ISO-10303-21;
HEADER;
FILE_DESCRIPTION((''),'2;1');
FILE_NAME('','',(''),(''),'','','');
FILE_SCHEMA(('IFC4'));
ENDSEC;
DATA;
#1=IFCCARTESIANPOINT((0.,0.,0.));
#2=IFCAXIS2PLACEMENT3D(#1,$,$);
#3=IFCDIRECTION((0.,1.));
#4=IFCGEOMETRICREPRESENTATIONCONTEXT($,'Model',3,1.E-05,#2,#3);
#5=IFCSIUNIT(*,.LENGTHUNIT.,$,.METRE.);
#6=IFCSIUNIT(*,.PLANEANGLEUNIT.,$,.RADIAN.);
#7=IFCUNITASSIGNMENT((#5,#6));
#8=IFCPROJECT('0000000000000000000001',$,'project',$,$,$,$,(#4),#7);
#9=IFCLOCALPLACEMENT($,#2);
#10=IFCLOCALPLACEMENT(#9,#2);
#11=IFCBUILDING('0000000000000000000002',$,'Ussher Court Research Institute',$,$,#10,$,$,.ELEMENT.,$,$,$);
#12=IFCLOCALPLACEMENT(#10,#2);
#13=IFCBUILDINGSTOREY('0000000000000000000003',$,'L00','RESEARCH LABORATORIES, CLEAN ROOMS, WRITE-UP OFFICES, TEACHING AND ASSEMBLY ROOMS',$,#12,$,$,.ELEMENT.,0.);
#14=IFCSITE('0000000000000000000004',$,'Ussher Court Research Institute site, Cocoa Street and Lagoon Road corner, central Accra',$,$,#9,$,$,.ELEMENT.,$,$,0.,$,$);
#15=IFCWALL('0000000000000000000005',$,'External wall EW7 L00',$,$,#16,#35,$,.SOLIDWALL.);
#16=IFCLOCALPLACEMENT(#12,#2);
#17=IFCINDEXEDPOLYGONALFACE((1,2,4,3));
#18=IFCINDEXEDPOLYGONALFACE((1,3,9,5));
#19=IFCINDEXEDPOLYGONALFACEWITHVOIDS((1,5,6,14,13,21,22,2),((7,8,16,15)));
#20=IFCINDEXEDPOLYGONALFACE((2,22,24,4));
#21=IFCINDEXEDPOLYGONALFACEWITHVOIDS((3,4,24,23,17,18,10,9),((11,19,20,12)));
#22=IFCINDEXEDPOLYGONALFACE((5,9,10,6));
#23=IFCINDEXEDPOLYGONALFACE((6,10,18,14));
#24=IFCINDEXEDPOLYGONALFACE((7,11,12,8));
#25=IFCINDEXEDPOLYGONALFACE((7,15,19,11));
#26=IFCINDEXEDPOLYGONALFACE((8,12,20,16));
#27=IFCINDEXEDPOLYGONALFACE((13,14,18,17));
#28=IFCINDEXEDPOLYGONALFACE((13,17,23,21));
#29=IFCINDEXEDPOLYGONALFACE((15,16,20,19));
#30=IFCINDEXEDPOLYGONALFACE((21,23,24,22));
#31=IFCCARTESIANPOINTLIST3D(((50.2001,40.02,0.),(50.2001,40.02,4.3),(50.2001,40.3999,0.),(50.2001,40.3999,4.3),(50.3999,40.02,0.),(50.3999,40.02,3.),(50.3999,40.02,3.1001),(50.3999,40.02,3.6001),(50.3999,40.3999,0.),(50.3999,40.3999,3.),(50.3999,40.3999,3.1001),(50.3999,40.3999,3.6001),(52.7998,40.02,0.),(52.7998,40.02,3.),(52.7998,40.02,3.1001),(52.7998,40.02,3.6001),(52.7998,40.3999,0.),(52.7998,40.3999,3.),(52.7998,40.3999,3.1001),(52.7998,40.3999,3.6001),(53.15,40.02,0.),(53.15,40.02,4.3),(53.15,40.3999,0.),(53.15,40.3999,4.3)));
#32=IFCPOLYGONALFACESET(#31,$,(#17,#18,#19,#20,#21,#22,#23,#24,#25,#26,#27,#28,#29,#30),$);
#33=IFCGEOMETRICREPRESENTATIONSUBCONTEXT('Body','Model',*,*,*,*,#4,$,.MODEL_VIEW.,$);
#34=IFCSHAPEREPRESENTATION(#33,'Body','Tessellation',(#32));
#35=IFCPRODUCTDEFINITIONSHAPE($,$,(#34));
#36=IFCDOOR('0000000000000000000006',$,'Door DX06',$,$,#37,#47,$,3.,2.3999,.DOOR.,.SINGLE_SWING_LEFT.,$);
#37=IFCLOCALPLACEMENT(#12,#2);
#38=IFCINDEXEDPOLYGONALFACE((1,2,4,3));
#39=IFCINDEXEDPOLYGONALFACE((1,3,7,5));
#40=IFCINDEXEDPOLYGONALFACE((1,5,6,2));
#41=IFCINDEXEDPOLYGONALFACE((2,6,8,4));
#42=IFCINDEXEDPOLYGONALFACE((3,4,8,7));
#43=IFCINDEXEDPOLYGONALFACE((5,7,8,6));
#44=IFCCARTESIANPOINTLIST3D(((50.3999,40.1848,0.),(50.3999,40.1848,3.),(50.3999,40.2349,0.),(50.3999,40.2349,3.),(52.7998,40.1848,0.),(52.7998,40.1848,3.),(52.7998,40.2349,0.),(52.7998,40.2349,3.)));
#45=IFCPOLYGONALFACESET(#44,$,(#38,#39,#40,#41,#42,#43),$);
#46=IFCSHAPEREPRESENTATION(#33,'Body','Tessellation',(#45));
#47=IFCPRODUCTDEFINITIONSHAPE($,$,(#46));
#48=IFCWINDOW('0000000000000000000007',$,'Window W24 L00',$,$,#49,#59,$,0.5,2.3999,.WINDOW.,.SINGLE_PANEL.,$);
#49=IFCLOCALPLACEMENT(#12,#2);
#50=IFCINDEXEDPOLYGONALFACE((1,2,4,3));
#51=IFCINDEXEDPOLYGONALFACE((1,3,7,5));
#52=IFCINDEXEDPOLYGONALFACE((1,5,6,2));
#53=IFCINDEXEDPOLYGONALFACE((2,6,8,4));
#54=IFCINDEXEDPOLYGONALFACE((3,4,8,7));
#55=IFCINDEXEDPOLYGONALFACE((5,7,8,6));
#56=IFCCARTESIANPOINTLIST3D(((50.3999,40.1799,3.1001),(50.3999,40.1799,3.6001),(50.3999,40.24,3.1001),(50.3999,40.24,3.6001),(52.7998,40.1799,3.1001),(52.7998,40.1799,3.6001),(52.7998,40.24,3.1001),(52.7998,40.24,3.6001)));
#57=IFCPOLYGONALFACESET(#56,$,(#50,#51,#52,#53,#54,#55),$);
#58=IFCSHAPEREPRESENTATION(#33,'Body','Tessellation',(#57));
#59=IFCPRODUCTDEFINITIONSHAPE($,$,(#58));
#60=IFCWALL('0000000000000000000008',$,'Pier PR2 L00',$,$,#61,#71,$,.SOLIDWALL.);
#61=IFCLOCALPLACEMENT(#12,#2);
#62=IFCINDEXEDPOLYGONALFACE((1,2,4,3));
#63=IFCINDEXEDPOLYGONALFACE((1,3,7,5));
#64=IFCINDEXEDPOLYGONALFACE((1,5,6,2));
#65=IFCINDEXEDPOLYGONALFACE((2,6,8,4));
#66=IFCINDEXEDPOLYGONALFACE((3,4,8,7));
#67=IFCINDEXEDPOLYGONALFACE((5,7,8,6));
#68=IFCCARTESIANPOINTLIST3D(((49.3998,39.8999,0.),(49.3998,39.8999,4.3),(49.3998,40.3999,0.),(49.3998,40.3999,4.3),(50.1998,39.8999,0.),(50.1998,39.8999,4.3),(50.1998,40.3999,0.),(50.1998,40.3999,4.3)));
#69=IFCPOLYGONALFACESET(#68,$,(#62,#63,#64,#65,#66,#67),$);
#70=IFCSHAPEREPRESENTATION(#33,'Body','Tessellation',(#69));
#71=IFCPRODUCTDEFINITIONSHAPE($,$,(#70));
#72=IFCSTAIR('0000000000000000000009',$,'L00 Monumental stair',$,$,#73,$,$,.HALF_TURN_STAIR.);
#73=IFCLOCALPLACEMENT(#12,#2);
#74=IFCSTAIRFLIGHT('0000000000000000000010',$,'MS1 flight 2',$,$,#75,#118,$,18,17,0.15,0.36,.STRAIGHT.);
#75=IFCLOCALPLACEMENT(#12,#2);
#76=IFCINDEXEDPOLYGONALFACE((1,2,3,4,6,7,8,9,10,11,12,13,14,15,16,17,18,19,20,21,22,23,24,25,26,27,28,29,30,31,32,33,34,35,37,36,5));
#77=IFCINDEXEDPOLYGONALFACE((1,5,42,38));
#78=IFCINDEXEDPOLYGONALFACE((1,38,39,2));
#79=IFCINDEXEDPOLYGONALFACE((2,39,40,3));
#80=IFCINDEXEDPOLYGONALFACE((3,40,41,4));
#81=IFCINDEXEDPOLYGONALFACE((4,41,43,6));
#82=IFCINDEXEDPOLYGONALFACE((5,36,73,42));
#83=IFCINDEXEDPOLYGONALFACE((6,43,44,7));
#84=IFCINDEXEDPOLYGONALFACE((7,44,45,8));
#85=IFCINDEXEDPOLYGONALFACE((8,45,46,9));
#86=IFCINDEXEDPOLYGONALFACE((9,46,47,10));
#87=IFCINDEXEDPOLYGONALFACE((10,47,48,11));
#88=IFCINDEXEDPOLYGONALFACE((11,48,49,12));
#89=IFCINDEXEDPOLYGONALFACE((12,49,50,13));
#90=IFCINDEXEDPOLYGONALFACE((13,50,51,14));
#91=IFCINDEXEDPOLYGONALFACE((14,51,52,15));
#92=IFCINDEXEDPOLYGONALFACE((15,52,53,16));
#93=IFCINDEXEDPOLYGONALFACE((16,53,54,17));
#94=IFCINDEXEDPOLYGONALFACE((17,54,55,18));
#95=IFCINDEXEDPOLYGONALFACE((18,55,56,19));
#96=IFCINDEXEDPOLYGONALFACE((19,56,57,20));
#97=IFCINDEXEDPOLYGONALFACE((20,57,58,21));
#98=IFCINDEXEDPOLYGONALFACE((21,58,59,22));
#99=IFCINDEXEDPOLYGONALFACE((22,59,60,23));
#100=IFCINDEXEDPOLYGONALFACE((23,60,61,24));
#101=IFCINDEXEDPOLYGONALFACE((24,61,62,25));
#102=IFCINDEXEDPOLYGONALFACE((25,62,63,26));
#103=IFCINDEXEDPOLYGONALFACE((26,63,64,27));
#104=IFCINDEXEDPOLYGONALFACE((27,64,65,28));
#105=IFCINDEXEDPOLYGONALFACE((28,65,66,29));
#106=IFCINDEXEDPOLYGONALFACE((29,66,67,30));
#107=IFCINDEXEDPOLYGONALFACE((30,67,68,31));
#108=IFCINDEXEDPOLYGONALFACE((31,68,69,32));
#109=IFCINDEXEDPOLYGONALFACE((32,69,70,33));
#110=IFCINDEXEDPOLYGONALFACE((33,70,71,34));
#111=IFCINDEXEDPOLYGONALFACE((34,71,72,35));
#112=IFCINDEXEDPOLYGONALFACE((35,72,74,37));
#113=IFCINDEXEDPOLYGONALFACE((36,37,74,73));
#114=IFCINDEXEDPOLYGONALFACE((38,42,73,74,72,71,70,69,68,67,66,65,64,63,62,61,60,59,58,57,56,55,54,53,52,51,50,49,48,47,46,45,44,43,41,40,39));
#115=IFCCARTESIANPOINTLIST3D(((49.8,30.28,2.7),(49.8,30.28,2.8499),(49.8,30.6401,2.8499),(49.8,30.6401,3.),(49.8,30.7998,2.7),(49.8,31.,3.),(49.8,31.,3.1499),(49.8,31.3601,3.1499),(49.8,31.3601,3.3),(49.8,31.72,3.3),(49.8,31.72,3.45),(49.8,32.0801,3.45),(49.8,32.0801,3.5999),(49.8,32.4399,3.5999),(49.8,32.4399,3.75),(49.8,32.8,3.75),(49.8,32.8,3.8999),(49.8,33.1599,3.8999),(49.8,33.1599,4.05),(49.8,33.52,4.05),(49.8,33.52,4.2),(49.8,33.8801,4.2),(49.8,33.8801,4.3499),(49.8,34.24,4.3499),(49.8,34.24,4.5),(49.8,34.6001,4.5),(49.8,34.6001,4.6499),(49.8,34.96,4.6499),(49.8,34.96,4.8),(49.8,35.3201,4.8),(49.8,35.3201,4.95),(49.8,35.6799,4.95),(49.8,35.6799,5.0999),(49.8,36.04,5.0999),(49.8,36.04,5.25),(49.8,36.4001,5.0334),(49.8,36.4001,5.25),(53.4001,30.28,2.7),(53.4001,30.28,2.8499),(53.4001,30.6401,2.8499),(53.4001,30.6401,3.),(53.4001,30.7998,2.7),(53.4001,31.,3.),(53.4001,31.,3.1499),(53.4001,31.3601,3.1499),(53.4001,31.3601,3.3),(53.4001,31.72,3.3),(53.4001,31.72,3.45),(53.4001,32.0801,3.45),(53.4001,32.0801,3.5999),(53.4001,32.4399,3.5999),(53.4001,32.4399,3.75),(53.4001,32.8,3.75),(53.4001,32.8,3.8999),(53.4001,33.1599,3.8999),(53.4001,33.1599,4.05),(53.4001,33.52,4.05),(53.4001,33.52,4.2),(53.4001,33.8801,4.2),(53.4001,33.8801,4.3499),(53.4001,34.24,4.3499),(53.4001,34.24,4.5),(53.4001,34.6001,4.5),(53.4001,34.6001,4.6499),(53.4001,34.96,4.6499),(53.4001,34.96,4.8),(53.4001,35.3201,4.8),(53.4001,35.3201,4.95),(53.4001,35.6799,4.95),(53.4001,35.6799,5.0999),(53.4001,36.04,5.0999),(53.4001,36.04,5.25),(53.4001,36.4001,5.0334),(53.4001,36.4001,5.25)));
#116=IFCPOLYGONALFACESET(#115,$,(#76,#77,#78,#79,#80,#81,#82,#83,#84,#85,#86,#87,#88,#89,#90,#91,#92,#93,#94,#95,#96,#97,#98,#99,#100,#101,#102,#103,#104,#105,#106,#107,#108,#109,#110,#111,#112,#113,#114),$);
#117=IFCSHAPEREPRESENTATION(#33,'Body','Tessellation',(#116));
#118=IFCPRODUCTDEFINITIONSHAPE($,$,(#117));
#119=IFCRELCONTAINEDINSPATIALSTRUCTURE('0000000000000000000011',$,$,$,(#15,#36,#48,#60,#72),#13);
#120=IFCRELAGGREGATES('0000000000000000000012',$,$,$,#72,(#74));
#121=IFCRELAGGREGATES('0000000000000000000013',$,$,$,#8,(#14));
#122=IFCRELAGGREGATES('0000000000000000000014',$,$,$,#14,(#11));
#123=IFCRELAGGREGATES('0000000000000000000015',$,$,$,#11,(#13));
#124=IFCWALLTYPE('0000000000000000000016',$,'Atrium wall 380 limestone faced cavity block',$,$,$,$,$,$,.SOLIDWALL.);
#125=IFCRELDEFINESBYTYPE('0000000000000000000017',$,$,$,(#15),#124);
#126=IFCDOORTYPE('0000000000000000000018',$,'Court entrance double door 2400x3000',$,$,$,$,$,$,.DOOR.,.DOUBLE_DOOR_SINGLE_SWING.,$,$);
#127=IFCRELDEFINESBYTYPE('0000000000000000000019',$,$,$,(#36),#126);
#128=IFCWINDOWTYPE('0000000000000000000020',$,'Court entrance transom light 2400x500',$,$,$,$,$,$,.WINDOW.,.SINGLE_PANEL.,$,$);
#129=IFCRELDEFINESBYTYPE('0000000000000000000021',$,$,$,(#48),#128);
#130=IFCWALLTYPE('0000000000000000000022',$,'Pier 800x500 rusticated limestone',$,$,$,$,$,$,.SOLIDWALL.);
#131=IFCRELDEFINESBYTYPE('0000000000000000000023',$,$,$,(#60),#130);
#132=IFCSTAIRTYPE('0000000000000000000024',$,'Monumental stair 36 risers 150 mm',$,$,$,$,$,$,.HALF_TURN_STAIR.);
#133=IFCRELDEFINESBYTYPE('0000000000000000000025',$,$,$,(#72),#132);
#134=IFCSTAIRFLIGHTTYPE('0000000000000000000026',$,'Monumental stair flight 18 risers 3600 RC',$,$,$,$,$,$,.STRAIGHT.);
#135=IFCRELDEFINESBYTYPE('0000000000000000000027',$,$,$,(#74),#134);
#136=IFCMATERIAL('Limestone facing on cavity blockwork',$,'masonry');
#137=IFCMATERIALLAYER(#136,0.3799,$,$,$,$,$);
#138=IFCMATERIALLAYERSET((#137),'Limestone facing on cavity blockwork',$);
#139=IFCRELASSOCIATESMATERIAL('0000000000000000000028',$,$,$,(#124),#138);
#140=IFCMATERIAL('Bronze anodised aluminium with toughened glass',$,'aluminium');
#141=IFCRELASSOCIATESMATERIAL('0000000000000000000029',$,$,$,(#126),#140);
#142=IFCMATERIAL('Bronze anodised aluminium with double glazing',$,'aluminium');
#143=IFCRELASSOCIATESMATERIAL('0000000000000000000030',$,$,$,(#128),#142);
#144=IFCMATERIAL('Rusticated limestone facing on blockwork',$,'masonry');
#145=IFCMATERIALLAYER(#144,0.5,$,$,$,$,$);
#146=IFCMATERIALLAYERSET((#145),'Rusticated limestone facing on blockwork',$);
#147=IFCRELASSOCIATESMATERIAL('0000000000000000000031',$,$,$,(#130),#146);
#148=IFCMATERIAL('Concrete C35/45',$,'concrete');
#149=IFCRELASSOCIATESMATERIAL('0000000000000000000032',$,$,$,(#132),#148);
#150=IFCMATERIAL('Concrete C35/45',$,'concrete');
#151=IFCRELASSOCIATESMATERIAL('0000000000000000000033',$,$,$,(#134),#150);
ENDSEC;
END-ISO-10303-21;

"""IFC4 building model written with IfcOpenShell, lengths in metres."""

from ifc_helpers import new_model, si_unit, direction, frame, frame_2d, origin, place, context, subcontext, project, spatial, polyline, rectangle, outline, extrude, material, layer, layer_set, type_object, element, fill, aggregate, save


model = new_model("IFC4")

# Units and contexts
model_context = context("Model", 3, precision=1e-05, world=origin(), true_north=direction((0.0, 1.0)))
body_context = subcontext(model_context, "Body", "Model", "MODEL_VIEW")
ifc_project = project(units=[si_unit("LENGTHUNIT", "METRE"), si_unit("PLANEANGLEUNIT", "RADIAN")], contexts=[model_context])

# Site, building, storey
site_placement = place(None, origin())
site = spatial("IfcSite", under=ifc_project, at=site_placement, Name="Ussher Court Research Institute site, Cocoa Street and Lagoon Road corner, central Accra", CompositionType="ELEMENT", RefElevation=0.0)
building_placement = place(site_placement, origin())
building = spatial("IfcBuilding", under=site, at=building_placement, Name="Ussher Court Research Institute", CompositionType="ELEMENT")
storey_placement = place(building_placement, origin())
storey = spatial("IfcBuildingStorey", under=building, at=storey_placement, Name="L00", Description="RESEARCH LABORATORIES, CLEAN ROOMS, WRITE-UP OFFICES, TEACHING AND ASSEMBLY ROOMS", CompositionType="ELEMENT", Elevation=0.0)

# Wall, openings, door, window
ifc_material_1 = material(Name="Limestone facing on cavity blockwork", Category="masonry")
ifc_layer_1 = layer(ifc_material_1, 0.3799)
ifc_layer_set_1 = layer_set([ifc_layer_1], Name="Limestone facing on cavity blockwork")
wall_type_1 = type_object("IfcWallType", Name="Atrium wall 380 limestone faced cavity block", PredefinedType="SOLIDWALL", material=ifc_layer_set_1)
wall_1_placement = place(storey_placement, frame((50.2, 40.21, 0.0), z_axis=(0.0, 0.0, 1.0), x_axis=(1.0, 0.0, 0.0)))
wall_1 = element("IfcWall", 1, at=wall_1_placement, inside=storey, type_object=wall_type_1, Name="External wall EW7 L00", PredefinedType="SOLIDWALL", context=body_context, shape_type="SweptSolid", body=[
    extrude(rectangle(XDim=2.95, YDim=0.3799, at=frame_2d((1.4751, 0.0))), origin(), (0.0, 0.0, 1.0), 4.3),
])
opening_1_placement = place(wall_1_placement, frame((0.2, 0.0, 0.0)))
opening_1 = element("IfcOpeningElement", 2, at=opening_1_placement, cuts=wall_1, PredefinedType="OPENING", context=body_context, shape_type="SweptSolid", body=[
    extrude(rectangle(XDim=2.3999, YDim=3.0, at=frame_2d((1.2, 1.5))), frame((0.0, 0.2, 0.0), z_axis=(0.0, -1.0, 0.0), x_axis=(1.0, 0.0, 0.0)), (0.0, 0.0, 1.0), 0.3999),
])
opening_2_placement = place(wall_1_placement, frame((0.2, 0.0, 3.1001)))
opening_2 = element("IfcOpeningElement", 3, at=opening_2_placement, cuts=wall_1, PredefinedType="OPENING", context=body_context, shape_type="SweptSolid", body=[
    extrude(rectangle(XDim=2.3999, YDim=0.5, at=frame_2d((1.2, 0.25))), frame((0.0, 0.2, 0.0), z_axis=(0.0, -1.0, 0.0), x_axis=(1.0, 0.0, 0.0)), (0.0, 0.0, 1.0), 0.3999),
])
ifc_material_2 = material(Name="Bronze anodised aluminium with toughened glass", Category="aluminium")
door_type = type_object("IfcDoorType", Name="Court entrance double door 2400x3000", OperationType="DOUBLE_DOOR_SINGLE_SWING", PredefinedType="DOOR", material=ifc_material_2)
door_placement = place(opening_1_placement, origin())
door = element("IfcDoor", 4, at=door_placement, inside=storey, type_object=door_type, Name="Door DX06", OperationType="SINGLE_SWING_LEFT", OverallHeight=3.0, OverallWidth=2.3999, PredefinedType="DOOR", context=body_context, shape_type="SweptSolid", body=[
    extrude(rectangle(XDim=2.3999, YDim=3.0, at=frame_2d((1.2, 1.5))), frame((0.0, 0.0249, 0.0), z_axis=(0.0, -1.0, 0.0), x_axis=(1.0, 0.0, 0.0)), (0.0, 0.0, 1.0), 0.05),
])
fill(opening_1, door)
ifc_material_3 = material(Name="Bronze anodised aluminium with double glazing", Category="aluminium")
window_type = type_object("IfcWindowType", Name="Court entrance transom light 2400x500", PartitioningType="SINGLE_PANEL", PredefinedType="WINDOW", material=ifc_material_3)
window_placement = place(opening_2_placement, origin())
window = element("IfcWindow", 5, at=window_placement, inside=storey, type_object=window_type, Name="Window W24 L00", OverallHeight=0.5, OverallWidth=2.3999, PartitioningType="SINGLE_PANEL", PredefinedType="WINDOW", context=body_context, shape_type="SweptSolid", body=[
    extrude(rectangle(XDim=2.3999, YDim=0.5, at=frame_2d((1.2, 0.25))), frame((0.0, 0.03, 0.0), z_axis=(0.0, -1.0, 0.0), x_axis=(1.0, 0.0, 0.0)), (0.0, 0.0, 1.0), 0.0601),
])
fill(opening_2, window)

# Wall
ifc_material_4 = material(Name="Rusticated limestone facing on blockwork", Category="masonry")
ifc_layer_2 = layer(ifc_material_4, 0.5)
ifc_layer_set_2 = layer_set([ifc_layer_2], Name="Rusticated limestone facing on blockwork")
wall_type_2 = type_object("IfcWallType", Name="Pier 800x500 rusticated limestone", PredefinedType="SOLIDWALL", material=ifc_layer_set_2)
wall_2_placement = place(storey_placement, frame((49.3999, 40.1499, 0.0), z_axis=(0.0, 0.0, 1.0), x_axis=(1.0, 0.0, 0.0)))
element("IfcWall", 6, at=wall_2_placement, inside=storey, type_object=wall_type_2, Name="Pier PR2 L00", PredefinedType="SOLIDWALL", context=body_context, shape_type="SweptSolid", body=[
    extrude(rectangle(XDim=0.8, YDim=0.5, at=frame_2d((0.3999, 0.0))), origin(), (0.0, 0.0, 1.0), 4.3),
])

# Stair, stair flight
ifc_material_5 = material(Name="Concrete C35/45", Category="concrete")
stair_type = type_object("IfcStairType", Name="Monumental stair 36 risers 150 mm", PredefinedType="HALF_TURN_STAIR", material=ifc_material_5)
stair_placement = place(storey_placement, origin())
stair = element("IfcStair", 7, at=stair_placement, inside=storey, type_object=stair_type, Name="L00 Monumental stair", PredefinedType="HALF_TURN_STAIR")
ifc_material_6 = material(Name="Concrete C35/45", Category="concrete")
stair_flight_type = type_object("IfcStairFlightType", Name="Monumental stair flight 18 risers 3600 RC", PredefinedType="STRAIGHT", material=ifc_material_6)
stair_flight_placement = place(storey_placement, frame((51.6001, 30.28, 2.7), z_axis=(0.0, 0.0, 1.0), x_axis=(0.0, 1.0, 0.0)))
stair_flight = element("IfcStairFlight", 8, at=stair_flight_placement, type_object=stair_flight_type, Name="MS1 flight 2", NumberOfRisers=18, NumberOfTreads=17, PredefinedType="STRAIGHT", RiserHeight=0.15, TreadLength=0.36, context=body_context, shape_type="SweptSolid", body=[
    extrude(outline(polyline([(0.0, 0.0), (0.0, 0.1499), (0.3601, 0.1499), (0.3601, 0.3), (0.72, 0.3), (0.72, 0.45), (1.0801, 0.45), (1.0801, 0.6001), (1.4399, 0.6001), (1.4399, 0.75), (1.8, 0.75), (1.8, 0.8999), (2.1599, 0.8999), (2.1599, 1.05), (2.52, 1.05), (2.52, 1.2), (2.8799, 1.2), (2.8799, 1.3501), (3.24, 1.3501), (3.24, 1.5), (3.6001, 1.5), (3.6001, 1.6499), (3.96, 1.6499), (3.96, 1.8), (4.3201, 1.8), (4.3201, 1.95), (4.6799, 1.95), (4.6799, 2.1001), (5.04, 2.1001), (5.04, 2.25), (5.3999, 2.25), (5.3999, 2.3999), (5.76, 2.3999), (5.76, 2.55), (6.1201, 2.55), (6.1201, 2.7), (6.1201, 2.3335), (0.5198, 0.0), (0.0, 0.0)])), frame((0.0, 1.8, 0.0), z_axis=(0.0, -1.0, 0.0), x_axis=(1.0, 0.0, 0.0)), (0.0, 0.0, 1.0), 3.6001),
])
aggregate(stair, [stair_flight])

save(model, "model.ifc")
